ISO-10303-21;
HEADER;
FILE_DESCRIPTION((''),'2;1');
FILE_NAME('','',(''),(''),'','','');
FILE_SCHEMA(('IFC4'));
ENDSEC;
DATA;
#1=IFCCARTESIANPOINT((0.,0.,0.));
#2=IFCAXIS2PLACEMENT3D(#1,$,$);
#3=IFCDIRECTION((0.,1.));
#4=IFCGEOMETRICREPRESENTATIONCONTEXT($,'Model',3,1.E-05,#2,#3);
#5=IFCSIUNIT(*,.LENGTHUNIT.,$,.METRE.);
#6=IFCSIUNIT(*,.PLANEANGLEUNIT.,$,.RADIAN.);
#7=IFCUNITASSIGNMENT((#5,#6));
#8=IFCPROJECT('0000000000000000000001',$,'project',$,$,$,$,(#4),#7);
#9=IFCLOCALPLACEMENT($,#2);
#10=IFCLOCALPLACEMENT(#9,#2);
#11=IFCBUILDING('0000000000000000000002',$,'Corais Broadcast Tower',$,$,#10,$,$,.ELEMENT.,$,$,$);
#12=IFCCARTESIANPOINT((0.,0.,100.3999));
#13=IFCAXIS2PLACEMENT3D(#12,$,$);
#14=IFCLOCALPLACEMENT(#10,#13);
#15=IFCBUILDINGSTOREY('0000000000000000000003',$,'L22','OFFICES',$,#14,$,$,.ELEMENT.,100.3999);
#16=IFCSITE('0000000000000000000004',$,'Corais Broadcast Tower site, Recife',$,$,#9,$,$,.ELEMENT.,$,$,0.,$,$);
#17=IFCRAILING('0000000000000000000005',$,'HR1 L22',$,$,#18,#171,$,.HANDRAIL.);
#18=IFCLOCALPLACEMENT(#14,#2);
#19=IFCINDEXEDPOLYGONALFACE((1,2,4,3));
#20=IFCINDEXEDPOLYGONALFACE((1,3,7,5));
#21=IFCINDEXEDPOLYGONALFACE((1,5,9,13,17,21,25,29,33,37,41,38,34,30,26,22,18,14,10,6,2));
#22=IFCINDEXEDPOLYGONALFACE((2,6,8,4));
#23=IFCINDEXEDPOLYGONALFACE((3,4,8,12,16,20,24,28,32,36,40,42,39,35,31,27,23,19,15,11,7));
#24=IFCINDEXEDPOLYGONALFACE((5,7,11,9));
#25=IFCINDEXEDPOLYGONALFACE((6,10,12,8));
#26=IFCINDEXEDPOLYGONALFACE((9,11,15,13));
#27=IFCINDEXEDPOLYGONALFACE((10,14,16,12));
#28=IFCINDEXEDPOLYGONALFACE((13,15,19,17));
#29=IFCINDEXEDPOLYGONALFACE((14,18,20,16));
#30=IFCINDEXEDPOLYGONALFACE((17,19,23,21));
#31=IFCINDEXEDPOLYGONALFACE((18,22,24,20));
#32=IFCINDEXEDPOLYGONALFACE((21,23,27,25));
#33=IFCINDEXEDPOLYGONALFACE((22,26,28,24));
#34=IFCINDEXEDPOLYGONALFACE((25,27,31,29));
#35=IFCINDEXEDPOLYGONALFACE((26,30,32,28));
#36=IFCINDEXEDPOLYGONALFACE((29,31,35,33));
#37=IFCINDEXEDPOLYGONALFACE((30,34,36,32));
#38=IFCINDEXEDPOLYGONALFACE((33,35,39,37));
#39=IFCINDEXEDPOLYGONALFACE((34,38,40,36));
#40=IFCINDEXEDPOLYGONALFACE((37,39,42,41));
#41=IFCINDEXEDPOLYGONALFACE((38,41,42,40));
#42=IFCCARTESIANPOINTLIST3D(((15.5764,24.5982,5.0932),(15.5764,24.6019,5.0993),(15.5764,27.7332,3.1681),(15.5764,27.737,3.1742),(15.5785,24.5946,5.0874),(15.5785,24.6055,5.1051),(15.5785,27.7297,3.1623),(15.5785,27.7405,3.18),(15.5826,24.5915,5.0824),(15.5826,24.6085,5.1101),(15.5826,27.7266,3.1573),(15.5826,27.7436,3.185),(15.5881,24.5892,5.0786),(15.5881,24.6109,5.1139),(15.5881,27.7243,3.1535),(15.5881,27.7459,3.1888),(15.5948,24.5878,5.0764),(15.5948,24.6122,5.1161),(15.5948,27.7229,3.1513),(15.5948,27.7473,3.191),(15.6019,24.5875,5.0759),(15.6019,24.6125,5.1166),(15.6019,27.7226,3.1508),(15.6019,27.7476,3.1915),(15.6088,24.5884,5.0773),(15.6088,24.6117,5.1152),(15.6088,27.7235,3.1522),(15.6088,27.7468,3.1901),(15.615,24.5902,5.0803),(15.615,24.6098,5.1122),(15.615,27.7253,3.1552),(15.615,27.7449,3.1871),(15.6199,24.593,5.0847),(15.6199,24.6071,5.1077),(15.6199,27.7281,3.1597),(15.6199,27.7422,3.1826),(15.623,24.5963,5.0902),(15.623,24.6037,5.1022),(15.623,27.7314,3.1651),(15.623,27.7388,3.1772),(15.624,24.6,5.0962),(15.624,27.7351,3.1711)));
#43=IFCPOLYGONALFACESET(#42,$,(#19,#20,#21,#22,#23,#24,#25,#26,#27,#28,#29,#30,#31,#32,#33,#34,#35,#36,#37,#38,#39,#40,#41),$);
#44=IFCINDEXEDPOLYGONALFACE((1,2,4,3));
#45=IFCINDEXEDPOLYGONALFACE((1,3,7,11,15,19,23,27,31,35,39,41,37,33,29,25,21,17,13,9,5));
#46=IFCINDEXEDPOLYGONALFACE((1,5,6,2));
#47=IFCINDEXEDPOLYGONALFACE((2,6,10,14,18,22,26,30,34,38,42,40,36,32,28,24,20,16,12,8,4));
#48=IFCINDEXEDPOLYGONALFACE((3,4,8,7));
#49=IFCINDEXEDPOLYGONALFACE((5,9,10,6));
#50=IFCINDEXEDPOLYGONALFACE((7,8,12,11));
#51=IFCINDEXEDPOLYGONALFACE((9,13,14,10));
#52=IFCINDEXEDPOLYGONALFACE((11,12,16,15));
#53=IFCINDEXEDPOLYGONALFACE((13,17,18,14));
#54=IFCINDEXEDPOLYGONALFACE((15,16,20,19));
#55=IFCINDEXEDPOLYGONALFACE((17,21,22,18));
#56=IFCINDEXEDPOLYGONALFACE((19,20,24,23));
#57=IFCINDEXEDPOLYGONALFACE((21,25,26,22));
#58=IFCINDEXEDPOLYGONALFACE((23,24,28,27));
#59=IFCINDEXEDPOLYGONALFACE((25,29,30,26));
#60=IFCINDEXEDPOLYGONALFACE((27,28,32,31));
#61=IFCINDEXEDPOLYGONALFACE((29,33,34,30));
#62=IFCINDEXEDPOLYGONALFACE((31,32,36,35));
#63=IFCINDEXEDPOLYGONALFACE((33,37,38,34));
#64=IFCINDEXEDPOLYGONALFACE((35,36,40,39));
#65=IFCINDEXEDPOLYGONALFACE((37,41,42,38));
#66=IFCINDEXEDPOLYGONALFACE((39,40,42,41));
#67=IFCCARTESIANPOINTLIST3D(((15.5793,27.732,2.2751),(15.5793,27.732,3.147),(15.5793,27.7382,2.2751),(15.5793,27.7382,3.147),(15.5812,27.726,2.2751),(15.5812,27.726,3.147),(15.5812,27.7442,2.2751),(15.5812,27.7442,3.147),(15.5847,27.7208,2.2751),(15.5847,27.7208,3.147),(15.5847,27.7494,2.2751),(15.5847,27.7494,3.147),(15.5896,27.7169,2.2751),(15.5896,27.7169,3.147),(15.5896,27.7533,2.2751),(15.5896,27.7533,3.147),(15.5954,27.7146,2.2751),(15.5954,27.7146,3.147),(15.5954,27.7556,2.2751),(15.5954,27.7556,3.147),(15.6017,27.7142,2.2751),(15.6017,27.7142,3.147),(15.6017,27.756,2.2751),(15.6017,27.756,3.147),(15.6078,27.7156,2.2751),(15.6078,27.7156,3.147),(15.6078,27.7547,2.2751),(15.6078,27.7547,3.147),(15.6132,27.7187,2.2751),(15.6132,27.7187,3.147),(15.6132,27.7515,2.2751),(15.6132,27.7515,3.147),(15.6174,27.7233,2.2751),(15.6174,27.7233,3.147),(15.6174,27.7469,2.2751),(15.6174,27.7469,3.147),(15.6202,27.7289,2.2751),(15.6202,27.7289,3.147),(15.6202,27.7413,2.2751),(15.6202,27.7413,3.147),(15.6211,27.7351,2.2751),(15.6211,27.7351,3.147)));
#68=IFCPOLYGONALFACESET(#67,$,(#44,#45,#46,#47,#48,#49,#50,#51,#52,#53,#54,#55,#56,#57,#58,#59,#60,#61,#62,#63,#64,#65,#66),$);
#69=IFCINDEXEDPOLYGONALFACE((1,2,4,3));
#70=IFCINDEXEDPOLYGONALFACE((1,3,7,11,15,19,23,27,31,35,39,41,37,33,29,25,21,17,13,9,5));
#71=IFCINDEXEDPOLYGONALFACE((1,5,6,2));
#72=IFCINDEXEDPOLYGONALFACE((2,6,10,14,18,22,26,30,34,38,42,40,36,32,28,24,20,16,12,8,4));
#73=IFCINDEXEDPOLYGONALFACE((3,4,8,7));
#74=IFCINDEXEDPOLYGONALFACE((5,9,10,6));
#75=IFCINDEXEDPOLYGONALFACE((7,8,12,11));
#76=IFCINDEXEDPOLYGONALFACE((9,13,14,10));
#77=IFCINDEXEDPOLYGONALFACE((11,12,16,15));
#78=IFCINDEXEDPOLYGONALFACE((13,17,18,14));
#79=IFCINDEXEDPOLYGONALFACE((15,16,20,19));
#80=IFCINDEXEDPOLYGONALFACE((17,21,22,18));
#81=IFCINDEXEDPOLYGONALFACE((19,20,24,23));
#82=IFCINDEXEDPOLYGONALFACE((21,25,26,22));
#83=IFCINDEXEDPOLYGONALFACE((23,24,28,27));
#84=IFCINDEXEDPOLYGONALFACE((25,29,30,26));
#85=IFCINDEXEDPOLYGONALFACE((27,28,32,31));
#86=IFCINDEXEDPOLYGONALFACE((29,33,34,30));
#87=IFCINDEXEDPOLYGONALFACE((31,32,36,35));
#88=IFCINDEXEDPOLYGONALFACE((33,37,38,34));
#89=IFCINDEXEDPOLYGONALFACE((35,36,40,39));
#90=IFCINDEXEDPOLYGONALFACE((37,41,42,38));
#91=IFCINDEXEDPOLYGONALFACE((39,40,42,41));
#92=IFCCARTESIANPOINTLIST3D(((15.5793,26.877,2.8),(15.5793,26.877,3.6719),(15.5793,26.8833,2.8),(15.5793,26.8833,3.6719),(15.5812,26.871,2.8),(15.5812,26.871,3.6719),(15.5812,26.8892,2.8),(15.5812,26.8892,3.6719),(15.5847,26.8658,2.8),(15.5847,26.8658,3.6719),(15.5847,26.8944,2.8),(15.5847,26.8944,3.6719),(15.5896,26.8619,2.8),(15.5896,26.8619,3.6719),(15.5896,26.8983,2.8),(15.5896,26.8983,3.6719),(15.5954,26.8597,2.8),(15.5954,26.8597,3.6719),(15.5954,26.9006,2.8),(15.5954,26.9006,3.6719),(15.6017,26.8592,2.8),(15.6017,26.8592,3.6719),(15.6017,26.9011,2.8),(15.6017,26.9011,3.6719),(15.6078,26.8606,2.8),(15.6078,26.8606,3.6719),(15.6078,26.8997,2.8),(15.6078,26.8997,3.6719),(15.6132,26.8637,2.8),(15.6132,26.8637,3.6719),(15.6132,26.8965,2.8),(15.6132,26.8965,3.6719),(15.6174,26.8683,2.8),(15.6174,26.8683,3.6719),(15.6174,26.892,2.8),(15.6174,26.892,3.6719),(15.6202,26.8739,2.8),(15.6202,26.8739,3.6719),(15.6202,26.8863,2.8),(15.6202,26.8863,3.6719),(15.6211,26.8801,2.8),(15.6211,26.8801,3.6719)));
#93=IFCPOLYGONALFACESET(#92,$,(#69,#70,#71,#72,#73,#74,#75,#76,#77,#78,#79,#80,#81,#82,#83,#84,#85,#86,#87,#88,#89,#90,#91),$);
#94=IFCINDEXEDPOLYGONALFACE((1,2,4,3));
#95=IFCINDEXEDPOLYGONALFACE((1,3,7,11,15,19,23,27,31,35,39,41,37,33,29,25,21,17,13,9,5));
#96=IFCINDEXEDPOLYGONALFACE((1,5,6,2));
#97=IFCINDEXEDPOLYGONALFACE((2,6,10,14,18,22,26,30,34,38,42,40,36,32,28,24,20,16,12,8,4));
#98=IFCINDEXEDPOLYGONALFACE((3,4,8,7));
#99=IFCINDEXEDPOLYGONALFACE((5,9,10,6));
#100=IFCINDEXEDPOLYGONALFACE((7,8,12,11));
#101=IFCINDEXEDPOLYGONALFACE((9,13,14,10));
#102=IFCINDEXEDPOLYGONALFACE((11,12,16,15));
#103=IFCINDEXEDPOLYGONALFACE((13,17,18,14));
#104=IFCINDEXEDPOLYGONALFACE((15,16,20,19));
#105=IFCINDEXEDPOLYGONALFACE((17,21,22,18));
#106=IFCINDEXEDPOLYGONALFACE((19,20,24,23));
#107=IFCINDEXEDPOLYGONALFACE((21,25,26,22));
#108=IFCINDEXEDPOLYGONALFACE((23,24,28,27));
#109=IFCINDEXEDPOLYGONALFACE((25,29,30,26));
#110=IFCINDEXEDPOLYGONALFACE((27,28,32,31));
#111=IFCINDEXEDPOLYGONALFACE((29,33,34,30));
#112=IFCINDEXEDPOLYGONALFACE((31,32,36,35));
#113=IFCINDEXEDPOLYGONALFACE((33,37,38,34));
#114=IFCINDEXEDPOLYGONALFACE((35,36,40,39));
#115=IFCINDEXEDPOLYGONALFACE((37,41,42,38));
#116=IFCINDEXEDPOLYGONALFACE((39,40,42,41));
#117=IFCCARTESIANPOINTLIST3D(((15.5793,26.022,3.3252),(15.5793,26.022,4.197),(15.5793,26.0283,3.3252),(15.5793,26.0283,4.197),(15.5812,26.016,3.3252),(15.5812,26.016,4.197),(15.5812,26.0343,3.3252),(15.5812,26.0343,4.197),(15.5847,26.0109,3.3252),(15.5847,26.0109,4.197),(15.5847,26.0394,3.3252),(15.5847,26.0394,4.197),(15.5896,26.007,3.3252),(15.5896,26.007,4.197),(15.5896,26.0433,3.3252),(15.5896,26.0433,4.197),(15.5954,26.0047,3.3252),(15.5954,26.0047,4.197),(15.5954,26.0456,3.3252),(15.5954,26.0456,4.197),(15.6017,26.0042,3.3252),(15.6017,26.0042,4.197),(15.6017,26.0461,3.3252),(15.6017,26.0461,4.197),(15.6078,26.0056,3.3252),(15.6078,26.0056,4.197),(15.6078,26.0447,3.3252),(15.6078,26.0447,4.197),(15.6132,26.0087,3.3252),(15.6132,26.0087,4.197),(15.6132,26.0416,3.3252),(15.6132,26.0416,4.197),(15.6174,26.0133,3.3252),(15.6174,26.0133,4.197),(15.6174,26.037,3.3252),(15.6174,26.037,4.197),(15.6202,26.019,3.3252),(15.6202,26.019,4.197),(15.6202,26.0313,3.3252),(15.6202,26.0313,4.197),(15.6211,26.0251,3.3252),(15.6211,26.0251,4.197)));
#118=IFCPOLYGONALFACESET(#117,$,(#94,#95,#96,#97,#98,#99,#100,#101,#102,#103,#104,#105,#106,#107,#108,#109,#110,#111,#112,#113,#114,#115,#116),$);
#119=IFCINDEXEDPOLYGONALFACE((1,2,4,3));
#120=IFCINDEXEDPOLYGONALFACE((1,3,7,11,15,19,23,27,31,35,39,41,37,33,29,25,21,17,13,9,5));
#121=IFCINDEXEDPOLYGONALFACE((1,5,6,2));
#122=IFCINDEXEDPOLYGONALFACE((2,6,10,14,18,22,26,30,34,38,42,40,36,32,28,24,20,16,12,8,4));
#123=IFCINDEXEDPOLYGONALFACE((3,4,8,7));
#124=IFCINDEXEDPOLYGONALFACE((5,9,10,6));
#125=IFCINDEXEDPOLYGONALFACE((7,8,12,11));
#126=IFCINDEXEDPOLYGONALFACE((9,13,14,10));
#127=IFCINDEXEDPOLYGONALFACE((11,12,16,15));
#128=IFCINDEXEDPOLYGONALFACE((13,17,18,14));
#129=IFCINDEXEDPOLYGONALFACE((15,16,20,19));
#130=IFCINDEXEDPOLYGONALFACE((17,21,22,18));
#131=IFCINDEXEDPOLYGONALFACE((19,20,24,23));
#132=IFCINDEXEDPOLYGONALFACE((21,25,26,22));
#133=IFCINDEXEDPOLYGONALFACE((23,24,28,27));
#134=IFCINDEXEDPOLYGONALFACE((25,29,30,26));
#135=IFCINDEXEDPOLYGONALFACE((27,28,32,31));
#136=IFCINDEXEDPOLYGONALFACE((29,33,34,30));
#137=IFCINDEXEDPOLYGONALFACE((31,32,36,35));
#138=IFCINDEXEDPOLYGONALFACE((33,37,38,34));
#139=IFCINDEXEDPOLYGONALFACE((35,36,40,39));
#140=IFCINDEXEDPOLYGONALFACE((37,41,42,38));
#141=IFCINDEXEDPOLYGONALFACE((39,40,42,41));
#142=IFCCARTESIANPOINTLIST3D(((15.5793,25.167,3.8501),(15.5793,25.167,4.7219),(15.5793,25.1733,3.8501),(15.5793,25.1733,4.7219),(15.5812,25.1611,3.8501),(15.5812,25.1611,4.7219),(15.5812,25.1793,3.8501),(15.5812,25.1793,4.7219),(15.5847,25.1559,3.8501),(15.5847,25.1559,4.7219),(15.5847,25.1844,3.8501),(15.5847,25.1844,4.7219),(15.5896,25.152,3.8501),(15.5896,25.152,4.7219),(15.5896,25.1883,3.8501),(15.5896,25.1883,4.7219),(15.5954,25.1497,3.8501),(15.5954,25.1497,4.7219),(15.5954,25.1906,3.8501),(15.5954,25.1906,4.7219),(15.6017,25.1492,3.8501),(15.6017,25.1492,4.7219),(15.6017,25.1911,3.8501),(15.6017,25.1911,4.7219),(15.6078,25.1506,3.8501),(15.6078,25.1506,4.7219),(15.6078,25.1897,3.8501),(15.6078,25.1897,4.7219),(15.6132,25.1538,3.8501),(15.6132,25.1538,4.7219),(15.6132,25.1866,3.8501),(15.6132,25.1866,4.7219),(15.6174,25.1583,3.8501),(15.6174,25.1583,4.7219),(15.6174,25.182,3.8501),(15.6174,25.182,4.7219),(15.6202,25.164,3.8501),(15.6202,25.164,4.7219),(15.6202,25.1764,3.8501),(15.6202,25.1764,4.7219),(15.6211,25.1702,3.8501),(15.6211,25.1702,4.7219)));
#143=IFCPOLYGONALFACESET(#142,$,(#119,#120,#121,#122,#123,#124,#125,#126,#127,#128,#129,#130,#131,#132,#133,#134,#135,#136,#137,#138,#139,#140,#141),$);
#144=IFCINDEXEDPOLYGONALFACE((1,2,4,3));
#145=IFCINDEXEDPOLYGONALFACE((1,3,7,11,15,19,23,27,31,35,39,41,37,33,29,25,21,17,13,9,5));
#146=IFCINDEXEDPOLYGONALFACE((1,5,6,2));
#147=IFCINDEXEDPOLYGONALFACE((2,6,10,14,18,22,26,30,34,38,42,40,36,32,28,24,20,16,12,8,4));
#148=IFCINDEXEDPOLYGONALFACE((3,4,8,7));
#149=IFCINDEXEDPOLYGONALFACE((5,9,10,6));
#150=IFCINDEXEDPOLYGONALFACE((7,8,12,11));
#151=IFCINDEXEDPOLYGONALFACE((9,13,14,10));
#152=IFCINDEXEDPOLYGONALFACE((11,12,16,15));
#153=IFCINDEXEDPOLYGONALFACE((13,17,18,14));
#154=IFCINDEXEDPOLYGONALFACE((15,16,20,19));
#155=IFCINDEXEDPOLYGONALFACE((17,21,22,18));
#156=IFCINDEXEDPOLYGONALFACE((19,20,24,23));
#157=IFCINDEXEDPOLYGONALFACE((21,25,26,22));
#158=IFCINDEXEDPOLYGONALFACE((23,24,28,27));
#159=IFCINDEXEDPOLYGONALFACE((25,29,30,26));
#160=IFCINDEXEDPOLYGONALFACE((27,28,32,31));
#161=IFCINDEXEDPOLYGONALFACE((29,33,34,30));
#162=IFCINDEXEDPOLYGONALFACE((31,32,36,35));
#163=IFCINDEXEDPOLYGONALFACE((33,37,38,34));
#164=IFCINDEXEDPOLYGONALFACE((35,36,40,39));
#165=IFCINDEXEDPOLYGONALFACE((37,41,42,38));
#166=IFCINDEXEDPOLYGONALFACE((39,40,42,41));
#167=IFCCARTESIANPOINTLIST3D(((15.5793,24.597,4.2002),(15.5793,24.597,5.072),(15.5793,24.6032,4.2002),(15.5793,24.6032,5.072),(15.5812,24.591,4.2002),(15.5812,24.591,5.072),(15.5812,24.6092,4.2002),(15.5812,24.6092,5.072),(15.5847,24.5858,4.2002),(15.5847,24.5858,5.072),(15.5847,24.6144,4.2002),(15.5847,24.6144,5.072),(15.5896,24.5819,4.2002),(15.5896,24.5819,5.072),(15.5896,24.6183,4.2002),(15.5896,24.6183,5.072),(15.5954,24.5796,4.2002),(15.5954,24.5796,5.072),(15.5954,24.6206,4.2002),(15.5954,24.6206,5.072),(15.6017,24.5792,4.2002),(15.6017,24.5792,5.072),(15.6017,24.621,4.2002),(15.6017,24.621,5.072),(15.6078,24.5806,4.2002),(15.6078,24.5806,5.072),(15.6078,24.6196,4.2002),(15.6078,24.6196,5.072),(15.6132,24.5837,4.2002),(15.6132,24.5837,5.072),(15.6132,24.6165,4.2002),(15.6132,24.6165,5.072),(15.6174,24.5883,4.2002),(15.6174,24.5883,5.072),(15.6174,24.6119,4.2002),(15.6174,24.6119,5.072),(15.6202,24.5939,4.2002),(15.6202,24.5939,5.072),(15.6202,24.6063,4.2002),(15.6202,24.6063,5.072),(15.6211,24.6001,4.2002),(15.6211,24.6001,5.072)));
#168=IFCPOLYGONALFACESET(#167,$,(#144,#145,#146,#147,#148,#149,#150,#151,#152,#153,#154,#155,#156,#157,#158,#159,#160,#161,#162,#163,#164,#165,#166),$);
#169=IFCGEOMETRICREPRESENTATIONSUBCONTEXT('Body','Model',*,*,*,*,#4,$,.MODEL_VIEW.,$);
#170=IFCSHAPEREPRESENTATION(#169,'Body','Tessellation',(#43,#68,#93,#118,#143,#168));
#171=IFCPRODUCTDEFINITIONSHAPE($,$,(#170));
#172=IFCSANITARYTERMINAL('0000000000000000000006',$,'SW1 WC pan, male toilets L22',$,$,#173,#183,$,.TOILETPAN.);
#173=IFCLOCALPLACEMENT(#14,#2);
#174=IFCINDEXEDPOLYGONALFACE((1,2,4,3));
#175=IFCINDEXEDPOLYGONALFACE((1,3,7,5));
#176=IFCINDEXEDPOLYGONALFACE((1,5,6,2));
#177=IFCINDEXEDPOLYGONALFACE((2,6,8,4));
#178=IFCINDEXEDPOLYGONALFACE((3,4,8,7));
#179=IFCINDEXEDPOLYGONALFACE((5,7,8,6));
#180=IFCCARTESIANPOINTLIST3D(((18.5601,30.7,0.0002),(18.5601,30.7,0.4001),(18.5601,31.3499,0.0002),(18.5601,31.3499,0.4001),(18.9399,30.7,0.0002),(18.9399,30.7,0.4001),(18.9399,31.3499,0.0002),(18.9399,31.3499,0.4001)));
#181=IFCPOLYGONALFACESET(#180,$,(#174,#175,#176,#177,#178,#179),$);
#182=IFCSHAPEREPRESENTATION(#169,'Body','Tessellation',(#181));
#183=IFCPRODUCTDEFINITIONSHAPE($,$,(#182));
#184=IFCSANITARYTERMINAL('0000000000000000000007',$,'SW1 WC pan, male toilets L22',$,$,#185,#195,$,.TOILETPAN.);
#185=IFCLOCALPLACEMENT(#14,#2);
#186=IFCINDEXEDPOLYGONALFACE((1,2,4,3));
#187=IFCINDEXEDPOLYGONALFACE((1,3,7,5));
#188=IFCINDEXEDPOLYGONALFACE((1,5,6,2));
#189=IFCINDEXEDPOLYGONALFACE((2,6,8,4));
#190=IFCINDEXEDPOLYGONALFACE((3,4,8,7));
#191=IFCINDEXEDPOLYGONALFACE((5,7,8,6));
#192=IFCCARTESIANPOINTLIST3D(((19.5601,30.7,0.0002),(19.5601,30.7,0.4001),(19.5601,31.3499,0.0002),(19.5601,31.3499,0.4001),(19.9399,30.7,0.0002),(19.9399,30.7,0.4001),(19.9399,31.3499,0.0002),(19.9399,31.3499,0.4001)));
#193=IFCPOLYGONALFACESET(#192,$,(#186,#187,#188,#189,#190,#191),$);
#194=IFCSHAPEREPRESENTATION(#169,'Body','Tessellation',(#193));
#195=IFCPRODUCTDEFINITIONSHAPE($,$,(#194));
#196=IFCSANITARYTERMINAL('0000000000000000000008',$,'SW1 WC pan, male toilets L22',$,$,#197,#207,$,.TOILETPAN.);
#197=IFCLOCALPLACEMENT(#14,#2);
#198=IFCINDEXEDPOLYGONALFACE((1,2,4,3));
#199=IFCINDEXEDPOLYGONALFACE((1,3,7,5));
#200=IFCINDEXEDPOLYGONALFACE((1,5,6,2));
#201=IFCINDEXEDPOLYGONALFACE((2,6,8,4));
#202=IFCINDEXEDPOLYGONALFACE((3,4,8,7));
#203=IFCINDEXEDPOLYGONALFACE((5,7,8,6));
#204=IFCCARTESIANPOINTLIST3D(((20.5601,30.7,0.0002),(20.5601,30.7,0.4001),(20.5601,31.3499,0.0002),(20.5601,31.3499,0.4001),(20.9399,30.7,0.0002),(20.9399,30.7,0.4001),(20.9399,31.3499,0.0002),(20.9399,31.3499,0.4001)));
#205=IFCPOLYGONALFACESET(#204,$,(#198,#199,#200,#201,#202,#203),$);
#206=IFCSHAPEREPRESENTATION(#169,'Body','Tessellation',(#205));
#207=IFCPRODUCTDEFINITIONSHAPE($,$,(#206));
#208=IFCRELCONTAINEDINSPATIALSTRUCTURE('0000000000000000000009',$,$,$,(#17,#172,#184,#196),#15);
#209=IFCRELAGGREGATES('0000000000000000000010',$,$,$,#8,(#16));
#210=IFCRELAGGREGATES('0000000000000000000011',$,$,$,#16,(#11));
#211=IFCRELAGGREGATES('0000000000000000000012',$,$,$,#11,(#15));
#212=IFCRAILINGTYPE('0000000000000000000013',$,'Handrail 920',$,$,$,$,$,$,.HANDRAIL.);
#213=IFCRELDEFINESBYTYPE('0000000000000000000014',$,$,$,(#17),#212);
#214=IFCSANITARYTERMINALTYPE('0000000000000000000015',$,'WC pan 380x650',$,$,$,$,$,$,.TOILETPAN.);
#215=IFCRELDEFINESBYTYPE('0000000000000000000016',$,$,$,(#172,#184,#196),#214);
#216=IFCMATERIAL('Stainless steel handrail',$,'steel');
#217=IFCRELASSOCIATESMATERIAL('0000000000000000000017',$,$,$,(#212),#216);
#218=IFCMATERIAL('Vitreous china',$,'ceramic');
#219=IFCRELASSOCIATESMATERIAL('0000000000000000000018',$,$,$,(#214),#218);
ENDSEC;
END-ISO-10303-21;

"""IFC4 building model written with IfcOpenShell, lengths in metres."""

from ifc_helpers import new_model, si_unit, direction, frame, origin, origin_2d, place, context, subcontext, project, spatial, rectangle, circle, extrude, material, type_object, element, save


model = new_model("IFC4")

# Units and contexts
model_context = context("Model", 3, precision=1e-05, world=origin(), true_north=direction((0.0, 1.0)))
body_context = subcontext(model_context, "Body", "Model", "MODEL_VIEW")
ifc_project = project(units=[si_unit("LENGTHUNIT", "METRE"), si_unit("PLANEANGLEUNIT", "RADIAN")], contexts=[model_context])

# Site, building, storey
site_placement = place(None, origin())
site = spatial("IfcSite", under=ifc_project, at=site_placement, Name="Corais Broadcast Tower site, Recife", CompositionType="ELEMENT", RefElevation=0.0)
building_placement = place(site_placement, origin())
building = spatial("IfcBuilding", under=site, at=building_placement, Name="Corais Broadcast Tower", CompositionType="ELEMENT")
storey_placement = place(building_placement, frame((0.0, 0.0, 100.3999)))
storey = spatial("IfcBuildingStorey", under=building, at=storey_placement, Name="L22", Description="OFFICES", CompositionType="ELEMENT", Elevation=100.3999)

# Railing
ifc_material_1 = material(Name="Stainless steel handrail", Category="steel")
railing_type = type_object("IfcRailingType", Name="Handrail 920", PredefinedType="HANDRAIL", material=ifc_material_1)
for number, where, name in (
    (1, (15.6001, 27.7351, 2.2751), "HR1 L22"),
):
    element("IfcRailing", number, at=place(storey_placement, frame(where)), inside=storey, type_object=railing_type, Name=name, PredefinedType="HANDRAIL", context=body_context, shape_type="SweptSolid", body=[
        extrude(circle(Radius=0.0239, at=origin_2d()), frame((0.0, 0.0, 0.896), z_axis=(0.0, -0.852166, 0.523271), x_axis=(1.0, 0.0, 0.0)), (0.0, 0.0, 1.0), 3.679),
        extrude(circle(Radius=0.021, at=origin_2d()), origin(), (0.0, 0.0, 1.0), 0.8718),
        extrude(circle(Radius=0.021, at=origin_2d()), frame((0.0, -0.855, 0.5249)), (0.0, 0.0, 1.0), 0.8718),
        extrude(circle(Radius=0.021, at=origin_2d()), frame((0.0, -1.71, 1.05)), (0.0, 0.0, 1.0), 0.8718),
        extrude(circle(Radius=0.021, at=origin_2d()), frame((0.0, -2.5649, 1.575)), (0.0, 0.0, 1.0), 0.8718),
        extrude(circle(Radius=0.021, at=origin_2d()), frame((0.0, -3.135, 1.925)), (0.0, 0.0, 1.0), 0.8718),
    ])

# Sanitary terminals
ifc_material_2 = material(Name="Vitreous china", Category="ceramic")
sanitary_terminal_type_1 = type_object("IfcSanitaryTerminalType", Name="WC pan 380x650", PredefinedType="TOILETPAN", material=ifc_material_2)
for number, where, z_axis, x_axis, name in (
    (2, (18.75, 31.0249, 0.0002), (0.0, 0.0, 1.0), (1.0, 0.0, 0.0), "SW1 WC pan, male toilets L22"),
    (3, (19.75, 31.0249, 0.0002), (0.0, 0.0, 1.0), (1.0, 0.0, 0.0), "SW1 WC pan, male toilets L22"),
    (4, (20.75, 31.0249, 0.0002), (0.0, 0.0, 1.0), (1.0, 0.0, 0.0), "SW1 WC pan, male toilets L22"),
):
    element("IfcSanitaryTerminal", number, at=place(storey_placement, frame(where, z_axis=z_axis, x_axis=x_axis)), inside=storey, type_object=sanitary_terminal_type_1, Name=name, PredefinedType="TOILETPAN", context=body_context, shape_type="SweptSolid", body=[
        extrude(rectangle(XDim=0.3799, YDim=0.6499, at=origin_2d()), origin(), (0.0, 0.0, 1.0), 0.3999),
    ])

save(model, "model.ifc")
